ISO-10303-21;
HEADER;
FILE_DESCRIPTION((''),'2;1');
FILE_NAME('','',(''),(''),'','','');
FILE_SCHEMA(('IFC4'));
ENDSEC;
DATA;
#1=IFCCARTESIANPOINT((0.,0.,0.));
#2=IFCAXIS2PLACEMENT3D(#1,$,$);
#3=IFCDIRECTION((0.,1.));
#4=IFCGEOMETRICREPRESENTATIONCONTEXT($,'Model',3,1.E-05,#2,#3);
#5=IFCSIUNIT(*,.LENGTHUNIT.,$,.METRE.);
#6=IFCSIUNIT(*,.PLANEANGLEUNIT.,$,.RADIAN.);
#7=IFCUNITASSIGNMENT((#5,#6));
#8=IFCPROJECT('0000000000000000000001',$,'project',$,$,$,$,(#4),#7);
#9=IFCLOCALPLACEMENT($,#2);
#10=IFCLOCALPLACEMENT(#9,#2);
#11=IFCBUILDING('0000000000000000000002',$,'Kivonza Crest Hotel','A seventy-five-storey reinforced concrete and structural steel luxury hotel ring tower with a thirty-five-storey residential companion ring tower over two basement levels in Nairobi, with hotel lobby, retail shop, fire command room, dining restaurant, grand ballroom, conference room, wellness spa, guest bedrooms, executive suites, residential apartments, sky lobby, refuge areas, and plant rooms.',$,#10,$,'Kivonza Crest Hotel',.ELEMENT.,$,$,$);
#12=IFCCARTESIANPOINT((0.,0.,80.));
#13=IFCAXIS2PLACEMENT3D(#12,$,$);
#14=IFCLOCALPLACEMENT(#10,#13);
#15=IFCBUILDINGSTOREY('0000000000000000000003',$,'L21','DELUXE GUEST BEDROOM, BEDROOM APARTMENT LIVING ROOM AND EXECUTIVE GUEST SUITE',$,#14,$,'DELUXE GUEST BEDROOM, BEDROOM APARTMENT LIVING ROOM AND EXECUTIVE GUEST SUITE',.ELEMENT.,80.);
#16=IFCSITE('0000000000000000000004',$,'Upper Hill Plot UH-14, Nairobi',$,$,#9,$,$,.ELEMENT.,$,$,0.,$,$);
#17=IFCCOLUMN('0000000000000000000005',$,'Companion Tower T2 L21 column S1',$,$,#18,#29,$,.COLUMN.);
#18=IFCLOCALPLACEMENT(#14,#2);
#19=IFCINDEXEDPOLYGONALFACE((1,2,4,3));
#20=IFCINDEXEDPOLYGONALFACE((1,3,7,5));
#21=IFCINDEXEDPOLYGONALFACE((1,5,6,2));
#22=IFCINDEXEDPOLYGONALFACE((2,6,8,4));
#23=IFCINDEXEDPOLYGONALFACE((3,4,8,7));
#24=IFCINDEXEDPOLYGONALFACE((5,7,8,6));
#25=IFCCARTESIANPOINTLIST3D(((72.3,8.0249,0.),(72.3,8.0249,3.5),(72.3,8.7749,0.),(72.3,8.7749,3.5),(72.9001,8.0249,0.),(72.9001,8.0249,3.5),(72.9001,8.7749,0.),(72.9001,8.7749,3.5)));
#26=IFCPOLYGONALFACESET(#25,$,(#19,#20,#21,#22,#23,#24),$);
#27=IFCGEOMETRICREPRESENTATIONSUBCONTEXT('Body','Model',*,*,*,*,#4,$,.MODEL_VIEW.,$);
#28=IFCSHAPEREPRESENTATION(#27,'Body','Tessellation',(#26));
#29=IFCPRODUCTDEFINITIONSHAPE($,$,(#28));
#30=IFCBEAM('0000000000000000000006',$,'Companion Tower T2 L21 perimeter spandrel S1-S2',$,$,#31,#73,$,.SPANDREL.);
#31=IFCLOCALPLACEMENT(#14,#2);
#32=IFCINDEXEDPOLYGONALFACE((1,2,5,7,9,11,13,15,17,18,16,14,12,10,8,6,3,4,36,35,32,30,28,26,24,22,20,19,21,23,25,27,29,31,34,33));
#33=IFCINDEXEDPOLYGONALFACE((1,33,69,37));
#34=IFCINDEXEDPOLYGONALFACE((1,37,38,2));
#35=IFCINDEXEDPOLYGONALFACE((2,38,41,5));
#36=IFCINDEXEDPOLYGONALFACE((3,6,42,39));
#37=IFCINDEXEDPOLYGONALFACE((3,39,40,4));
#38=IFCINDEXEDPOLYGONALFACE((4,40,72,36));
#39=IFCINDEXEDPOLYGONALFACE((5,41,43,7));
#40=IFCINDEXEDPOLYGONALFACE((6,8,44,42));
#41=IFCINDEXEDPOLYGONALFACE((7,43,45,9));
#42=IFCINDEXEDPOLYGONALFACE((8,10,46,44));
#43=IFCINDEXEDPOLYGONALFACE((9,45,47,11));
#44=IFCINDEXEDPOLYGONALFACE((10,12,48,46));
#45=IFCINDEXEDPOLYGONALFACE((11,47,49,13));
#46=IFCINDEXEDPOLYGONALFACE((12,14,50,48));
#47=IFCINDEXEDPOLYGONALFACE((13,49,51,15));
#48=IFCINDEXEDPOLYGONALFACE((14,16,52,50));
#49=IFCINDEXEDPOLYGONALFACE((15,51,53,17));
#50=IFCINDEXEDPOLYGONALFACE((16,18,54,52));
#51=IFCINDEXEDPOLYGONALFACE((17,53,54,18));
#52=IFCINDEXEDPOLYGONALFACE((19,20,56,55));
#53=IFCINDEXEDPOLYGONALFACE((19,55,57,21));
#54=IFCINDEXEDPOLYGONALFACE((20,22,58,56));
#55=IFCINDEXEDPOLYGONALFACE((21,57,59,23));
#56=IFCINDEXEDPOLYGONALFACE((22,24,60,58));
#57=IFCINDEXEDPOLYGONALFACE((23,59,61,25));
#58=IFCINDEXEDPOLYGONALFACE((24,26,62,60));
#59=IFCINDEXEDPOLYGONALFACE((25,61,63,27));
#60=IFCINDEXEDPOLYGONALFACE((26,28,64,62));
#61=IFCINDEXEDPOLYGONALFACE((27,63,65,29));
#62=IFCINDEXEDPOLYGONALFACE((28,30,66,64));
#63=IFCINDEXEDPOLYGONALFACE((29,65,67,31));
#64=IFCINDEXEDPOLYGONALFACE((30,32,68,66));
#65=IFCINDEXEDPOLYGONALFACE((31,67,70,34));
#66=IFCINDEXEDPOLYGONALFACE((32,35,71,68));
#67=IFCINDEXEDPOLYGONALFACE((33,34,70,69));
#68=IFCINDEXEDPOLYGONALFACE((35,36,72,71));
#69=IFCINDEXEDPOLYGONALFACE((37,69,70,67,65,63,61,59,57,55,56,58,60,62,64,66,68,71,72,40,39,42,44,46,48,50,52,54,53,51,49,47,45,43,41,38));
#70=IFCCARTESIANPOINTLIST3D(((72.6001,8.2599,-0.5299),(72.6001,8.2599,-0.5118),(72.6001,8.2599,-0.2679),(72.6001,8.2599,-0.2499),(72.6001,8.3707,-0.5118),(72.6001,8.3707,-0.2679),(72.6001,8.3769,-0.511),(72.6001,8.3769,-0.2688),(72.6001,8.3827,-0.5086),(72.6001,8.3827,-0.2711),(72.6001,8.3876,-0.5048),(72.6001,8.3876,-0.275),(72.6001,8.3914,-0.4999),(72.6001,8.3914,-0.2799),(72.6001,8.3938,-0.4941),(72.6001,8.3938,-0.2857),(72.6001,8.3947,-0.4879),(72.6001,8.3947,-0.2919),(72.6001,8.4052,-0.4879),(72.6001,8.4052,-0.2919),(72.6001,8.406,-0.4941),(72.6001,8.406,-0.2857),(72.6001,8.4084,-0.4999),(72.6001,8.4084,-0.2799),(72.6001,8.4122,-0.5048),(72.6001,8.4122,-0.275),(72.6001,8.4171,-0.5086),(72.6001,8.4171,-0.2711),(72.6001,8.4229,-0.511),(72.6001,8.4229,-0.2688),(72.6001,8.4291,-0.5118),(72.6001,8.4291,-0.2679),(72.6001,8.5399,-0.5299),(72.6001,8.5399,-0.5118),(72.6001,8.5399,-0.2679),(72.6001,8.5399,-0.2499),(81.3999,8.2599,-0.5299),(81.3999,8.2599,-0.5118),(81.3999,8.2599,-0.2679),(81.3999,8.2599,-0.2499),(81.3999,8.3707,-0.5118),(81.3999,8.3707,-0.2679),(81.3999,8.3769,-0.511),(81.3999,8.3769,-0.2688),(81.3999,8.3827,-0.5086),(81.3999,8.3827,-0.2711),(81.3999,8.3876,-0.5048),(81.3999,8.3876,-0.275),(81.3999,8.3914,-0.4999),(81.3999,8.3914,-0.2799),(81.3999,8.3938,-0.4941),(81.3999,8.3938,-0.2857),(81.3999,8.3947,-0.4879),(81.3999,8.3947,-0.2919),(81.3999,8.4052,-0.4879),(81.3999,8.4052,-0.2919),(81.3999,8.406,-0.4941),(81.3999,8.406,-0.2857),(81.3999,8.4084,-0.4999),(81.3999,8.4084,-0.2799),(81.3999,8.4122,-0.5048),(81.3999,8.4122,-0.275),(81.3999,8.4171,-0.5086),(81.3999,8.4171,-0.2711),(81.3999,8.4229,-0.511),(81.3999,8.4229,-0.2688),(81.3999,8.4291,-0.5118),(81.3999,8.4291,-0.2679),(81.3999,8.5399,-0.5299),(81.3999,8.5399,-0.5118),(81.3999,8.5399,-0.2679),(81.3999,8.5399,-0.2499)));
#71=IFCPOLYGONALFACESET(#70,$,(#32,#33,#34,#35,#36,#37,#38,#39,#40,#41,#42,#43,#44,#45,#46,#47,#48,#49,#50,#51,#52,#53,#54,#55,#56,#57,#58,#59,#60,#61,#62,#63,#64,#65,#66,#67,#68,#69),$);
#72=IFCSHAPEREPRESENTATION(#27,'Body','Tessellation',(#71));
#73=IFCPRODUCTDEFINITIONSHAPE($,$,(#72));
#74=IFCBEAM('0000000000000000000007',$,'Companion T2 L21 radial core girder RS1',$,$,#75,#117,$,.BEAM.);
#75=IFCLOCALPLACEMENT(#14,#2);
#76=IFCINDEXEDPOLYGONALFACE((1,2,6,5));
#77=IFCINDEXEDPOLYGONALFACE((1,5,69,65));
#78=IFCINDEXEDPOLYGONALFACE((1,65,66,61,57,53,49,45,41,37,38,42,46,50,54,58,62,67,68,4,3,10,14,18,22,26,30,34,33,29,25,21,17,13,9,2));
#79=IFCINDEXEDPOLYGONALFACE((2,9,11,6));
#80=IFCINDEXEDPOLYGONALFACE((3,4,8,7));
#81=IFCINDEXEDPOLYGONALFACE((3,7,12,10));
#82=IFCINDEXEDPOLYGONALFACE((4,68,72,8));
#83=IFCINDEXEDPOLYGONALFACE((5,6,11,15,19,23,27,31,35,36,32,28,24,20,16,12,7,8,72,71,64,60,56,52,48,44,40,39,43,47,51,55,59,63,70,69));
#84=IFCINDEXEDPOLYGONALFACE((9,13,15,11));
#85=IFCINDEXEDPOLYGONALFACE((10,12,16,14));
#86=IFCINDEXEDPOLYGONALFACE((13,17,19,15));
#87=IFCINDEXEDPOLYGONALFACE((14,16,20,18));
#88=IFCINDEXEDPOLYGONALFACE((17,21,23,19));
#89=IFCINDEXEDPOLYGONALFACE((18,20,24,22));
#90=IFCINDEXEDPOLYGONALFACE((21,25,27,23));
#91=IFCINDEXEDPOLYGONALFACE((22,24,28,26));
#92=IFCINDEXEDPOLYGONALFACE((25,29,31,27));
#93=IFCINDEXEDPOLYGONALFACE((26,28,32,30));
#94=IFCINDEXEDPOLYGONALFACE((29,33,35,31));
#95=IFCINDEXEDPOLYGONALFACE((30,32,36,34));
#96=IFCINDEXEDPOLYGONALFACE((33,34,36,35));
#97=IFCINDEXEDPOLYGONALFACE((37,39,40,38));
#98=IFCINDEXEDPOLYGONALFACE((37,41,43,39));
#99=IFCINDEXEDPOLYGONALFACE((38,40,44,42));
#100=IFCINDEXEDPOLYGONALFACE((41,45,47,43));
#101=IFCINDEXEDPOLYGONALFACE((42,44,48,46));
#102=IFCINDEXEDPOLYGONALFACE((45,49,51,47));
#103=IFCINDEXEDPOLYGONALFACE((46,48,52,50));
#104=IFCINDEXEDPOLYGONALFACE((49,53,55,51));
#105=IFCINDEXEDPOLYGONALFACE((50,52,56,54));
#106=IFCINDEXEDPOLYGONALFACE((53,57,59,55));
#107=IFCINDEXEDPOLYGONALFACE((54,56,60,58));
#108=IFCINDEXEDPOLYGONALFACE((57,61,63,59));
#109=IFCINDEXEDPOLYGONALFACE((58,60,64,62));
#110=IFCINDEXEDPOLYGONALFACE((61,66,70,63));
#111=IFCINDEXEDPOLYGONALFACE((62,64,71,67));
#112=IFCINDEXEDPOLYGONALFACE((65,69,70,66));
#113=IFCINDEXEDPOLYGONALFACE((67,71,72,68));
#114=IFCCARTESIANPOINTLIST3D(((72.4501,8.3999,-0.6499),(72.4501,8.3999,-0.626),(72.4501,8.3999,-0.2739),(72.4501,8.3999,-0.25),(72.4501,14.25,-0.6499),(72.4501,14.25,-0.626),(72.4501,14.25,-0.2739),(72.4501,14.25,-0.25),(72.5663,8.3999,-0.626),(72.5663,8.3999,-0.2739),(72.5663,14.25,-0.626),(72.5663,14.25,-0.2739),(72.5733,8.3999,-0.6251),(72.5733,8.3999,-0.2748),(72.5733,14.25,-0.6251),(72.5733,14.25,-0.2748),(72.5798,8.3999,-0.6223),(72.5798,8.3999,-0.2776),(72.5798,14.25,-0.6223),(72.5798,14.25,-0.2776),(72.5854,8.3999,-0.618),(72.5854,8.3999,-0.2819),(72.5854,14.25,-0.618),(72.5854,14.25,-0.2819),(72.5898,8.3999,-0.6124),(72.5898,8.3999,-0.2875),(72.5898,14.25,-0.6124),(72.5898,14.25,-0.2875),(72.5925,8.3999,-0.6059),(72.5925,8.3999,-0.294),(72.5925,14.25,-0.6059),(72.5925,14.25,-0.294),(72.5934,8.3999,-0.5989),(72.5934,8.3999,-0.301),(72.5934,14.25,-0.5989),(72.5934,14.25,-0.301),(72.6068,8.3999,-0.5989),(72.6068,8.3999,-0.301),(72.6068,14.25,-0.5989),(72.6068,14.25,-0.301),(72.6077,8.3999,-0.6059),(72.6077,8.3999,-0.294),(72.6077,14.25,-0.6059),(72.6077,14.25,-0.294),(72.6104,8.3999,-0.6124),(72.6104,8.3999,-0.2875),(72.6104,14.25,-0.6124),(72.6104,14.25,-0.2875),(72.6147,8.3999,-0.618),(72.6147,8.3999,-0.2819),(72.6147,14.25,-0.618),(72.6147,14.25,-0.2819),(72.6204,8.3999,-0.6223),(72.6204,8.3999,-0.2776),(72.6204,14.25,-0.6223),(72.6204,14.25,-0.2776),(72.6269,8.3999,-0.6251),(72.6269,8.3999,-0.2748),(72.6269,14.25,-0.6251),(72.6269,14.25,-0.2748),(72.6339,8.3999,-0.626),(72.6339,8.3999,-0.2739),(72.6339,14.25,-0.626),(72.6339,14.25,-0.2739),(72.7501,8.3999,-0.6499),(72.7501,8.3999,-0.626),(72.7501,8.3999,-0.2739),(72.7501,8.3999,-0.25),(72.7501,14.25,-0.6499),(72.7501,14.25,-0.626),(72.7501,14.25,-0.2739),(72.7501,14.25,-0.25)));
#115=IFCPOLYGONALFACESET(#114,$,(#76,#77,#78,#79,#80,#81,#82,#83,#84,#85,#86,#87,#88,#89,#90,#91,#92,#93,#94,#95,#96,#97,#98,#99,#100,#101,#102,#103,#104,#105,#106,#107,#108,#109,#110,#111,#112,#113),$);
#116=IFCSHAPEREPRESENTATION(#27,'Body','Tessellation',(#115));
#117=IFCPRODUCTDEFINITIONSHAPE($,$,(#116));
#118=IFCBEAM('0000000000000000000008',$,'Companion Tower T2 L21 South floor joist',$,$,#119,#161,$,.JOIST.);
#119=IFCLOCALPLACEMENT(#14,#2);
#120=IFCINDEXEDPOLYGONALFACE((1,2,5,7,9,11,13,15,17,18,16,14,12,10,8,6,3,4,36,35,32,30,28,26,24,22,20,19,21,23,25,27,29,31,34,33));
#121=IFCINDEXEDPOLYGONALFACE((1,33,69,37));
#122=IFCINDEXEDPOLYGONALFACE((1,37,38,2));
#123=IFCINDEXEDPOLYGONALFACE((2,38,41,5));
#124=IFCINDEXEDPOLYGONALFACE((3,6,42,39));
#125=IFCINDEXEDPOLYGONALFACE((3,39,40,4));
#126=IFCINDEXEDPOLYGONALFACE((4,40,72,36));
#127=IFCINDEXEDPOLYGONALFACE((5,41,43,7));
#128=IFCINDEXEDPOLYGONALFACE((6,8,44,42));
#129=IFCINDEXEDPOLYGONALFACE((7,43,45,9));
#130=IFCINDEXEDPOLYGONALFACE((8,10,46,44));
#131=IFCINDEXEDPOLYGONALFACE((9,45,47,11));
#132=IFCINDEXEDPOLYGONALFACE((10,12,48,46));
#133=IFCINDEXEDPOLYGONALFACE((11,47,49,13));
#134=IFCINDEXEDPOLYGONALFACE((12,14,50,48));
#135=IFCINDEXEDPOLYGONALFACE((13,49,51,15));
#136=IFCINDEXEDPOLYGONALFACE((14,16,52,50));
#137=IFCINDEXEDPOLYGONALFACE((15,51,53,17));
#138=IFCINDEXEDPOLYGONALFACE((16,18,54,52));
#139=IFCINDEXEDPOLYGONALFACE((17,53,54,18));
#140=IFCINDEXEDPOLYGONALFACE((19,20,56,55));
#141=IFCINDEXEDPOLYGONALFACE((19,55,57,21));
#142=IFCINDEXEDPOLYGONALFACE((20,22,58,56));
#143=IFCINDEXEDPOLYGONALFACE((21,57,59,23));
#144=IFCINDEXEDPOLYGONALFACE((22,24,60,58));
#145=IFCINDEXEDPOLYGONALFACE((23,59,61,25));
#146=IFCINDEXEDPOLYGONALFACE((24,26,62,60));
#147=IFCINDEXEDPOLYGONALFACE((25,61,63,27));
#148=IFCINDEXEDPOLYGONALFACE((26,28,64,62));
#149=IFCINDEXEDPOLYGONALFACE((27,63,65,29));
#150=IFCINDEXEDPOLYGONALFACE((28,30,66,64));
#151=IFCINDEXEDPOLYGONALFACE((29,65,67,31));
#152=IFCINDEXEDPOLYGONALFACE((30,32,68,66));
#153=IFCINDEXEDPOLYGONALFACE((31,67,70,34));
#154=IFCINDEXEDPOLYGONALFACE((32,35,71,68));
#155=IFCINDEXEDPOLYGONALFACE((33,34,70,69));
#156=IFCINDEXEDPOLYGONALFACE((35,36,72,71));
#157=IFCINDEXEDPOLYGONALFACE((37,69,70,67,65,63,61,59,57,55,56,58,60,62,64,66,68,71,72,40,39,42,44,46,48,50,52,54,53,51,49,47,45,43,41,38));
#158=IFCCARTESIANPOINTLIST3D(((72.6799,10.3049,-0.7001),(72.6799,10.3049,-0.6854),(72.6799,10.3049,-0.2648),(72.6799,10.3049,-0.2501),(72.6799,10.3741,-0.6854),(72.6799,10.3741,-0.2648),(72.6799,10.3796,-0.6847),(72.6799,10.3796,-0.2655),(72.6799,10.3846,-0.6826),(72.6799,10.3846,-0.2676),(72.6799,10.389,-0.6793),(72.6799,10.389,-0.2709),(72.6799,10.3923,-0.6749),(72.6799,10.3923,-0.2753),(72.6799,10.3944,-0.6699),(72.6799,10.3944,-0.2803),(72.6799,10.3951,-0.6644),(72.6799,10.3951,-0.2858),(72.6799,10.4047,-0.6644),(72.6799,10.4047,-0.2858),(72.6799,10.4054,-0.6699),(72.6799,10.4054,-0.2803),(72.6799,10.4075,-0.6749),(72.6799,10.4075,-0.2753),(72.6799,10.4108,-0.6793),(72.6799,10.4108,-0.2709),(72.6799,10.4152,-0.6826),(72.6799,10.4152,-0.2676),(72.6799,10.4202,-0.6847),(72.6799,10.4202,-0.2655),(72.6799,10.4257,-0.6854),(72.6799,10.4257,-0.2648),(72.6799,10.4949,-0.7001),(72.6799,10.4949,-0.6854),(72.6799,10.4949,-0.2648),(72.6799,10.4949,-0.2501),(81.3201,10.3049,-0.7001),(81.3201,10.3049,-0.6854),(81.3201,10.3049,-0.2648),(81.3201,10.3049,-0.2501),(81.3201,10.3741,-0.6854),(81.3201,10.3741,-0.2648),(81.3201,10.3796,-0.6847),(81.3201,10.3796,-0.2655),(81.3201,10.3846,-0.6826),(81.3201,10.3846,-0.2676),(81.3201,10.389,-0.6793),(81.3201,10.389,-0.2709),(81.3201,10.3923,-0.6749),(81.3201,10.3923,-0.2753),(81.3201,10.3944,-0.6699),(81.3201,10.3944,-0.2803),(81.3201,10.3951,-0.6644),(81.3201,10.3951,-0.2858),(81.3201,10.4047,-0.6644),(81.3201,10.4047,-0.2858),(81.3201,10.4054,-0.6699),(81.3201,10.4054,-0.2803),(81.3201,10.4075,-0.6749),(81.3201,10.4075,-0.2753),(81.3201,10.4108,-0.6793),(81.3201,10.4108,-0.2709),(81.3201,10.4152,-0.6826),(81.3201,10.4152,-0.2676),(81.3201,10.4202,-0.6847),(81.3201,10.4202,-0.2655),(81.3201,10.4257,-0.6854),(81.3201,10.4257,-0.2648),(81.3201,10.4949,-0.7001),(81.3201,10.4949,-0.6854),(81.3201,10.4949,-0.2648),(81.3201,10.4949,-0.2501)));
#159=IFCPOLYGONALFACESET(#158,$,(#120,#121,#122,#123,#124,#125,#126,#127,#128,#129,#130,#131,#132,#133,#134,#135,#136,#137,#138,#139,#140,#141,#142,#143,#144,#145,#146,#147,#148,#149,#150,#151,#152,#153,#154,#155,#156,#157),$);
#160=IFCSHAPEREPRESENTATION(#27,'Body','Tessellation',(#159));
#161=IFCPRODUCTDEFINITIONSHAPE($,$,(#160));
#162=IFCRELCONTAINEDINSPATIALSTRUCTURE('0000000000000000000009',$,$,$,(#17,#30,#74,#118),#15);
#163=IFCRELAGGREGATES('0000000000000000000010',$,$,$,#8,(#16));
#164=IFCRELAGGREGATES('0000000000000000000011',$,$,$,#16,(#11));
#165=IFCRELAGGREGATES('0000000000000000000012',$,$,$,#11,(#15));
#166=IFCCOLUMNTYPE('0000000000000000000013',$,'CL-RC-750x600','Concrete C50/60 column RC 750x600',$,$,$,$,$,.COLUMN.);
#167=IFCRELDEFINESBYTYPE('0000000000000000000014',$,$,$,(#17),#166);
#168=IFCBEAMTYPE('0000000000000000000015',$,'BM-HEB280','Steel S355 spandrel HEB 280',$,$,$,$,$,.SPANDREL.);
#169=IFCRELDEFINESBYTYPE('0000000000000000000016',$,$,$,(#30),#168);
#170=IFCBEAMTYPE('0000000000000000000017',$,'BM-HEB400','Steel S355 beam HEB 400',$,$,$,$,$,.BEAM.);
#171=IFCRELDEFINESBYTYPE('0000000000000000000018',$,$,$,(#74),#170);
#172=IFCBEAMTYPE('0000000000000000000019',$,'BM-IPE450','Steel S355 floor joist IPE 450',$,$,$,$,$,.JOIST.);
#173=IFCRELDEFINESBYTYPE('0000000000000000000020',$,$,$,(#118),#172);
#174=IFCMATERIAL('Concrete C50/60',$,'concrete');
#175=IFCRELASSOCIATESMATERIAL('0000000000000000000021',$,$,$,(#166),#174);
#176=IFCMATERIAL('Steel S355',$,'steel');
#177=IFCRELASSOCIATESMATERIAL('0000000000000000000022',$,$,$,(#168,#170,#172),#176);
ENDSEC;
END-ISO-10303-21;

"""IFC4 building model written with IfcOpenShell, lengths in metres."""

from ifc_helpers import new_model, si_unit, direction, frame, origin, origin_2d, place, context, subcontext, project, spatial, rectangle, i_section, extrude, material, material_profile, profile_set, type_object, element, save


model = new_model("IFC4")

# Units and contexts
model_context = context("Model", 3, precision=1e-05, world=origin(), true_north=direction((0.0, 1.0)))
body_context = subcontext(model_context, "Body", "Model", "MODEL_VIEW")
ifc_project = project(units=[si_unit("LENGTHUNIT", "METRE"), si_unit("PLANEANGLEUNIT", "RADIAN")], contexts=[model_context])

# Site, building, storey
site_placement = place(None, origin())
site = spatial("IfcSite", under=ifc_project, at=site_placement, Name="Upper Hill Plot UH-14, Nairobi", CompositionType="ELEMENT", RefElevation=0.0)
building_placement = place(site_placement, origin())
building = spatial("IfcBuilding", under=site, at=building_placement, Name="Kivonza Crest Hotel", Description="A seventy-five-storey reinforced concrete and structural steel luxury hotel ring tower with a thirty-five-storey residential companion ring tower over two basement levels in Nairobi, with hotel lobby, retail shop, fire command room, dining restaurant, grand ballroom, conference room, wellness spa, guest bedrooms, executive suites, residential apartments, sky lobby, refuge areas, and plant rooms.", LongName="Kivonza Crest Hotel", CompositionType="ELEMENT")
storey_placement = place(building_placement, frame((0.0, 0.0, 80.0)))
storey = spatial("IfcBuildingStorey", under=building, at=storey_placement, Name="L21", Description="DELUXE GUEST BEDROOM, BEDROOM APARTMENT LIVING ROOM AND EXECUTIVE GUEST SUITE", LongName="DELUXE GUEST BEDROOM, BEDROOM APARTMENT LIVING ROOM AND EXECUTIVE GUEST SUITE", CompositionType="ELEMENT", Elevation=80.0)

# Column
ifc_material_1 = material(Name="Concrete C50/60", Category="concrete")
ifc_material_profile_1 = material_profile(ifc_material_1, rectangle(XDim=0.6001, YDim=0.75, at=origin_2d()), Name="RC 750x600")
ifc_profile_set_1 = profile_set([ifc_material_profile_1], Name="Concrete C50/60")
column_type = type_object("IfcColumnType", Name="CL-RC-750x600", Description="Concrete C50/60 column RC 750x600", PredefinedType="COLUMN", material=ifc_profile_set_1)
column_placement = place(storey_placement, frame((72.6001, 8.3999, 0.0), z_axis=(0.0, 0.0, 1.0), x_axis=(1.0, 0.0, 0.0)))
element("IfcColumn", 1, at=column_placement, inside=storey, type_object=column_type, Name="Companion Tower T2 L21 column S1", PredefinedType="COLUMN", context=body_context, shape_type="SweptSolid", body=[
    extrude(rectangle(XDim=0.6001, YDim=0.75, at=origin_2d()), origin(), (0.0, 0.0, 1.0), 3.5),
])

# Beams
ifc_material_2 = material(Name="Steel S355", Category="steel")
ifc_material_profile_2 = material_profile(ifc_material_2, i_section(OverallWidth=0.28, OverallDepth=0.28, WebThickness=0.0105, FlangeThickness=0.0181, FilletRadius=0.0239, at=origin_2d()), Name="HEB 280")
ifc_profile_set_2 = profile_set([ifc_material_profile_2], Name="Steel S355")
beam_type_1 = type_object("IfcBeamType", Name="BM-HEB280", Description="Steel S355 spandrel HEB 280", PredefinedType="SPANDREL", material=ifc_profile_set_2)
beam_1_placement = place(storey_placement, frame((72.6001, 8.3999, -0.3899), z_axis=(1.0, 0.0, 0.0), x_axis=(0.0, 1.0, 0.0)))
element("IfcBeam", 2, at=beam_1_placement, inside=storey, type_object=beam_type_1, Name="Companion Tower T2 L21 perimeter spandrel S1-S2", PredefinedType="SPANDREL", context=body_context, shape_type="SweptSolid", body=[
    extrude(i_section(OverallWidth=0.28, OverallDepth=0.28, WebThickness=0.0105, FlangeThickness=0.0181, FilletRadius=0.0239, at=origin_2d()), origin(), (0.0, 0.0, 1.0), 8.7998),
])
ifc_material_profile_3 = material_profile(ifc_material_2, i_section(OverallWidth=0.3, OverallDepth=0.3999, WebThickness=0.0134, FlangeThickness=0.0239, FilletRadius=0.0271, at=origin_2d()), Name="HEB 400")
ifc_profile_set_3 = profile_set([ifc_material_profile_3], Name="Steel S355")
beam_type_2 = type_object("IfcBeamType", Name="BM-HEB400", Description="Steel S355 beam HEB 400", PredefinedType="BEAM", material=ifc_profile_set_3)
beam_2_placement = place(storey_placement, frame((72.6001, 8.3999, -0.45), z_axis=(0.0, 1.0, 0.0), x_axis=(-1.0, 0.0, 0.0)))
element("IfcBeam", 3, at=beam_2_placement, inside=storey, type_object=beam_type_2, Name="Companion T2 L21 radial core girder RS1", PredefinedType="BEAM", context=body_context, shape_type="SweptSolid", body=[
    extrude(i_section(OverallWidth=0.3, OverallDepth=0.3999, WebThickness=0.0134, FlangeThickness=0.0239, FilletRadius=0.0271, at=origin_2d()), origin(), (0.0, 0.0, 1.0), 5.8501),
])
ifc_material_profile_4 = material_profile(ifc_material_2, i_section(OverallWidth=0.1899, OverallDepth=0.45, WebThickness=0.0095, FlangeThickness=0.0146, FilletRadius=0.021, at=origin_2d()), Name="IPE 450")
ifc_profile_set_4 = profile_set([ifc_material_profile_4], Name="Steel S355")
beam_type_3 = type_object("IfcBeamType", Name="BM-IPE450", Description="Steel S355 floor joist IPE 450", PredefinedType="JOIST", material=ifc_profile_set_4)
beam_3_placement = place(storey_placement, frame((72.6799, 10.3999, -0.4751), z_axis=(1.0, 0.0, 0.0), x_axis=(0.0, 1.0, 0.0)))
element("IfcBeam", 4, at=beam_3_placement, inside=storey, type_object=beam_type_3, Name="Companion Tower T2 L21 South floor joist", PredefinedType="JOIST", context=body_context, shape_type="SweptSolid", body=[
    extrude(i_section(OverallWidth=0.1899, OverallDepth=0.45, WebThickness=0.0095, FlangeThickness=0.0146, FilletRadius=0.021, at=origin_2d()), origin(), (0.0, 0.0, 1.0), 8.6401),
])

save(model, "model.ifc")
